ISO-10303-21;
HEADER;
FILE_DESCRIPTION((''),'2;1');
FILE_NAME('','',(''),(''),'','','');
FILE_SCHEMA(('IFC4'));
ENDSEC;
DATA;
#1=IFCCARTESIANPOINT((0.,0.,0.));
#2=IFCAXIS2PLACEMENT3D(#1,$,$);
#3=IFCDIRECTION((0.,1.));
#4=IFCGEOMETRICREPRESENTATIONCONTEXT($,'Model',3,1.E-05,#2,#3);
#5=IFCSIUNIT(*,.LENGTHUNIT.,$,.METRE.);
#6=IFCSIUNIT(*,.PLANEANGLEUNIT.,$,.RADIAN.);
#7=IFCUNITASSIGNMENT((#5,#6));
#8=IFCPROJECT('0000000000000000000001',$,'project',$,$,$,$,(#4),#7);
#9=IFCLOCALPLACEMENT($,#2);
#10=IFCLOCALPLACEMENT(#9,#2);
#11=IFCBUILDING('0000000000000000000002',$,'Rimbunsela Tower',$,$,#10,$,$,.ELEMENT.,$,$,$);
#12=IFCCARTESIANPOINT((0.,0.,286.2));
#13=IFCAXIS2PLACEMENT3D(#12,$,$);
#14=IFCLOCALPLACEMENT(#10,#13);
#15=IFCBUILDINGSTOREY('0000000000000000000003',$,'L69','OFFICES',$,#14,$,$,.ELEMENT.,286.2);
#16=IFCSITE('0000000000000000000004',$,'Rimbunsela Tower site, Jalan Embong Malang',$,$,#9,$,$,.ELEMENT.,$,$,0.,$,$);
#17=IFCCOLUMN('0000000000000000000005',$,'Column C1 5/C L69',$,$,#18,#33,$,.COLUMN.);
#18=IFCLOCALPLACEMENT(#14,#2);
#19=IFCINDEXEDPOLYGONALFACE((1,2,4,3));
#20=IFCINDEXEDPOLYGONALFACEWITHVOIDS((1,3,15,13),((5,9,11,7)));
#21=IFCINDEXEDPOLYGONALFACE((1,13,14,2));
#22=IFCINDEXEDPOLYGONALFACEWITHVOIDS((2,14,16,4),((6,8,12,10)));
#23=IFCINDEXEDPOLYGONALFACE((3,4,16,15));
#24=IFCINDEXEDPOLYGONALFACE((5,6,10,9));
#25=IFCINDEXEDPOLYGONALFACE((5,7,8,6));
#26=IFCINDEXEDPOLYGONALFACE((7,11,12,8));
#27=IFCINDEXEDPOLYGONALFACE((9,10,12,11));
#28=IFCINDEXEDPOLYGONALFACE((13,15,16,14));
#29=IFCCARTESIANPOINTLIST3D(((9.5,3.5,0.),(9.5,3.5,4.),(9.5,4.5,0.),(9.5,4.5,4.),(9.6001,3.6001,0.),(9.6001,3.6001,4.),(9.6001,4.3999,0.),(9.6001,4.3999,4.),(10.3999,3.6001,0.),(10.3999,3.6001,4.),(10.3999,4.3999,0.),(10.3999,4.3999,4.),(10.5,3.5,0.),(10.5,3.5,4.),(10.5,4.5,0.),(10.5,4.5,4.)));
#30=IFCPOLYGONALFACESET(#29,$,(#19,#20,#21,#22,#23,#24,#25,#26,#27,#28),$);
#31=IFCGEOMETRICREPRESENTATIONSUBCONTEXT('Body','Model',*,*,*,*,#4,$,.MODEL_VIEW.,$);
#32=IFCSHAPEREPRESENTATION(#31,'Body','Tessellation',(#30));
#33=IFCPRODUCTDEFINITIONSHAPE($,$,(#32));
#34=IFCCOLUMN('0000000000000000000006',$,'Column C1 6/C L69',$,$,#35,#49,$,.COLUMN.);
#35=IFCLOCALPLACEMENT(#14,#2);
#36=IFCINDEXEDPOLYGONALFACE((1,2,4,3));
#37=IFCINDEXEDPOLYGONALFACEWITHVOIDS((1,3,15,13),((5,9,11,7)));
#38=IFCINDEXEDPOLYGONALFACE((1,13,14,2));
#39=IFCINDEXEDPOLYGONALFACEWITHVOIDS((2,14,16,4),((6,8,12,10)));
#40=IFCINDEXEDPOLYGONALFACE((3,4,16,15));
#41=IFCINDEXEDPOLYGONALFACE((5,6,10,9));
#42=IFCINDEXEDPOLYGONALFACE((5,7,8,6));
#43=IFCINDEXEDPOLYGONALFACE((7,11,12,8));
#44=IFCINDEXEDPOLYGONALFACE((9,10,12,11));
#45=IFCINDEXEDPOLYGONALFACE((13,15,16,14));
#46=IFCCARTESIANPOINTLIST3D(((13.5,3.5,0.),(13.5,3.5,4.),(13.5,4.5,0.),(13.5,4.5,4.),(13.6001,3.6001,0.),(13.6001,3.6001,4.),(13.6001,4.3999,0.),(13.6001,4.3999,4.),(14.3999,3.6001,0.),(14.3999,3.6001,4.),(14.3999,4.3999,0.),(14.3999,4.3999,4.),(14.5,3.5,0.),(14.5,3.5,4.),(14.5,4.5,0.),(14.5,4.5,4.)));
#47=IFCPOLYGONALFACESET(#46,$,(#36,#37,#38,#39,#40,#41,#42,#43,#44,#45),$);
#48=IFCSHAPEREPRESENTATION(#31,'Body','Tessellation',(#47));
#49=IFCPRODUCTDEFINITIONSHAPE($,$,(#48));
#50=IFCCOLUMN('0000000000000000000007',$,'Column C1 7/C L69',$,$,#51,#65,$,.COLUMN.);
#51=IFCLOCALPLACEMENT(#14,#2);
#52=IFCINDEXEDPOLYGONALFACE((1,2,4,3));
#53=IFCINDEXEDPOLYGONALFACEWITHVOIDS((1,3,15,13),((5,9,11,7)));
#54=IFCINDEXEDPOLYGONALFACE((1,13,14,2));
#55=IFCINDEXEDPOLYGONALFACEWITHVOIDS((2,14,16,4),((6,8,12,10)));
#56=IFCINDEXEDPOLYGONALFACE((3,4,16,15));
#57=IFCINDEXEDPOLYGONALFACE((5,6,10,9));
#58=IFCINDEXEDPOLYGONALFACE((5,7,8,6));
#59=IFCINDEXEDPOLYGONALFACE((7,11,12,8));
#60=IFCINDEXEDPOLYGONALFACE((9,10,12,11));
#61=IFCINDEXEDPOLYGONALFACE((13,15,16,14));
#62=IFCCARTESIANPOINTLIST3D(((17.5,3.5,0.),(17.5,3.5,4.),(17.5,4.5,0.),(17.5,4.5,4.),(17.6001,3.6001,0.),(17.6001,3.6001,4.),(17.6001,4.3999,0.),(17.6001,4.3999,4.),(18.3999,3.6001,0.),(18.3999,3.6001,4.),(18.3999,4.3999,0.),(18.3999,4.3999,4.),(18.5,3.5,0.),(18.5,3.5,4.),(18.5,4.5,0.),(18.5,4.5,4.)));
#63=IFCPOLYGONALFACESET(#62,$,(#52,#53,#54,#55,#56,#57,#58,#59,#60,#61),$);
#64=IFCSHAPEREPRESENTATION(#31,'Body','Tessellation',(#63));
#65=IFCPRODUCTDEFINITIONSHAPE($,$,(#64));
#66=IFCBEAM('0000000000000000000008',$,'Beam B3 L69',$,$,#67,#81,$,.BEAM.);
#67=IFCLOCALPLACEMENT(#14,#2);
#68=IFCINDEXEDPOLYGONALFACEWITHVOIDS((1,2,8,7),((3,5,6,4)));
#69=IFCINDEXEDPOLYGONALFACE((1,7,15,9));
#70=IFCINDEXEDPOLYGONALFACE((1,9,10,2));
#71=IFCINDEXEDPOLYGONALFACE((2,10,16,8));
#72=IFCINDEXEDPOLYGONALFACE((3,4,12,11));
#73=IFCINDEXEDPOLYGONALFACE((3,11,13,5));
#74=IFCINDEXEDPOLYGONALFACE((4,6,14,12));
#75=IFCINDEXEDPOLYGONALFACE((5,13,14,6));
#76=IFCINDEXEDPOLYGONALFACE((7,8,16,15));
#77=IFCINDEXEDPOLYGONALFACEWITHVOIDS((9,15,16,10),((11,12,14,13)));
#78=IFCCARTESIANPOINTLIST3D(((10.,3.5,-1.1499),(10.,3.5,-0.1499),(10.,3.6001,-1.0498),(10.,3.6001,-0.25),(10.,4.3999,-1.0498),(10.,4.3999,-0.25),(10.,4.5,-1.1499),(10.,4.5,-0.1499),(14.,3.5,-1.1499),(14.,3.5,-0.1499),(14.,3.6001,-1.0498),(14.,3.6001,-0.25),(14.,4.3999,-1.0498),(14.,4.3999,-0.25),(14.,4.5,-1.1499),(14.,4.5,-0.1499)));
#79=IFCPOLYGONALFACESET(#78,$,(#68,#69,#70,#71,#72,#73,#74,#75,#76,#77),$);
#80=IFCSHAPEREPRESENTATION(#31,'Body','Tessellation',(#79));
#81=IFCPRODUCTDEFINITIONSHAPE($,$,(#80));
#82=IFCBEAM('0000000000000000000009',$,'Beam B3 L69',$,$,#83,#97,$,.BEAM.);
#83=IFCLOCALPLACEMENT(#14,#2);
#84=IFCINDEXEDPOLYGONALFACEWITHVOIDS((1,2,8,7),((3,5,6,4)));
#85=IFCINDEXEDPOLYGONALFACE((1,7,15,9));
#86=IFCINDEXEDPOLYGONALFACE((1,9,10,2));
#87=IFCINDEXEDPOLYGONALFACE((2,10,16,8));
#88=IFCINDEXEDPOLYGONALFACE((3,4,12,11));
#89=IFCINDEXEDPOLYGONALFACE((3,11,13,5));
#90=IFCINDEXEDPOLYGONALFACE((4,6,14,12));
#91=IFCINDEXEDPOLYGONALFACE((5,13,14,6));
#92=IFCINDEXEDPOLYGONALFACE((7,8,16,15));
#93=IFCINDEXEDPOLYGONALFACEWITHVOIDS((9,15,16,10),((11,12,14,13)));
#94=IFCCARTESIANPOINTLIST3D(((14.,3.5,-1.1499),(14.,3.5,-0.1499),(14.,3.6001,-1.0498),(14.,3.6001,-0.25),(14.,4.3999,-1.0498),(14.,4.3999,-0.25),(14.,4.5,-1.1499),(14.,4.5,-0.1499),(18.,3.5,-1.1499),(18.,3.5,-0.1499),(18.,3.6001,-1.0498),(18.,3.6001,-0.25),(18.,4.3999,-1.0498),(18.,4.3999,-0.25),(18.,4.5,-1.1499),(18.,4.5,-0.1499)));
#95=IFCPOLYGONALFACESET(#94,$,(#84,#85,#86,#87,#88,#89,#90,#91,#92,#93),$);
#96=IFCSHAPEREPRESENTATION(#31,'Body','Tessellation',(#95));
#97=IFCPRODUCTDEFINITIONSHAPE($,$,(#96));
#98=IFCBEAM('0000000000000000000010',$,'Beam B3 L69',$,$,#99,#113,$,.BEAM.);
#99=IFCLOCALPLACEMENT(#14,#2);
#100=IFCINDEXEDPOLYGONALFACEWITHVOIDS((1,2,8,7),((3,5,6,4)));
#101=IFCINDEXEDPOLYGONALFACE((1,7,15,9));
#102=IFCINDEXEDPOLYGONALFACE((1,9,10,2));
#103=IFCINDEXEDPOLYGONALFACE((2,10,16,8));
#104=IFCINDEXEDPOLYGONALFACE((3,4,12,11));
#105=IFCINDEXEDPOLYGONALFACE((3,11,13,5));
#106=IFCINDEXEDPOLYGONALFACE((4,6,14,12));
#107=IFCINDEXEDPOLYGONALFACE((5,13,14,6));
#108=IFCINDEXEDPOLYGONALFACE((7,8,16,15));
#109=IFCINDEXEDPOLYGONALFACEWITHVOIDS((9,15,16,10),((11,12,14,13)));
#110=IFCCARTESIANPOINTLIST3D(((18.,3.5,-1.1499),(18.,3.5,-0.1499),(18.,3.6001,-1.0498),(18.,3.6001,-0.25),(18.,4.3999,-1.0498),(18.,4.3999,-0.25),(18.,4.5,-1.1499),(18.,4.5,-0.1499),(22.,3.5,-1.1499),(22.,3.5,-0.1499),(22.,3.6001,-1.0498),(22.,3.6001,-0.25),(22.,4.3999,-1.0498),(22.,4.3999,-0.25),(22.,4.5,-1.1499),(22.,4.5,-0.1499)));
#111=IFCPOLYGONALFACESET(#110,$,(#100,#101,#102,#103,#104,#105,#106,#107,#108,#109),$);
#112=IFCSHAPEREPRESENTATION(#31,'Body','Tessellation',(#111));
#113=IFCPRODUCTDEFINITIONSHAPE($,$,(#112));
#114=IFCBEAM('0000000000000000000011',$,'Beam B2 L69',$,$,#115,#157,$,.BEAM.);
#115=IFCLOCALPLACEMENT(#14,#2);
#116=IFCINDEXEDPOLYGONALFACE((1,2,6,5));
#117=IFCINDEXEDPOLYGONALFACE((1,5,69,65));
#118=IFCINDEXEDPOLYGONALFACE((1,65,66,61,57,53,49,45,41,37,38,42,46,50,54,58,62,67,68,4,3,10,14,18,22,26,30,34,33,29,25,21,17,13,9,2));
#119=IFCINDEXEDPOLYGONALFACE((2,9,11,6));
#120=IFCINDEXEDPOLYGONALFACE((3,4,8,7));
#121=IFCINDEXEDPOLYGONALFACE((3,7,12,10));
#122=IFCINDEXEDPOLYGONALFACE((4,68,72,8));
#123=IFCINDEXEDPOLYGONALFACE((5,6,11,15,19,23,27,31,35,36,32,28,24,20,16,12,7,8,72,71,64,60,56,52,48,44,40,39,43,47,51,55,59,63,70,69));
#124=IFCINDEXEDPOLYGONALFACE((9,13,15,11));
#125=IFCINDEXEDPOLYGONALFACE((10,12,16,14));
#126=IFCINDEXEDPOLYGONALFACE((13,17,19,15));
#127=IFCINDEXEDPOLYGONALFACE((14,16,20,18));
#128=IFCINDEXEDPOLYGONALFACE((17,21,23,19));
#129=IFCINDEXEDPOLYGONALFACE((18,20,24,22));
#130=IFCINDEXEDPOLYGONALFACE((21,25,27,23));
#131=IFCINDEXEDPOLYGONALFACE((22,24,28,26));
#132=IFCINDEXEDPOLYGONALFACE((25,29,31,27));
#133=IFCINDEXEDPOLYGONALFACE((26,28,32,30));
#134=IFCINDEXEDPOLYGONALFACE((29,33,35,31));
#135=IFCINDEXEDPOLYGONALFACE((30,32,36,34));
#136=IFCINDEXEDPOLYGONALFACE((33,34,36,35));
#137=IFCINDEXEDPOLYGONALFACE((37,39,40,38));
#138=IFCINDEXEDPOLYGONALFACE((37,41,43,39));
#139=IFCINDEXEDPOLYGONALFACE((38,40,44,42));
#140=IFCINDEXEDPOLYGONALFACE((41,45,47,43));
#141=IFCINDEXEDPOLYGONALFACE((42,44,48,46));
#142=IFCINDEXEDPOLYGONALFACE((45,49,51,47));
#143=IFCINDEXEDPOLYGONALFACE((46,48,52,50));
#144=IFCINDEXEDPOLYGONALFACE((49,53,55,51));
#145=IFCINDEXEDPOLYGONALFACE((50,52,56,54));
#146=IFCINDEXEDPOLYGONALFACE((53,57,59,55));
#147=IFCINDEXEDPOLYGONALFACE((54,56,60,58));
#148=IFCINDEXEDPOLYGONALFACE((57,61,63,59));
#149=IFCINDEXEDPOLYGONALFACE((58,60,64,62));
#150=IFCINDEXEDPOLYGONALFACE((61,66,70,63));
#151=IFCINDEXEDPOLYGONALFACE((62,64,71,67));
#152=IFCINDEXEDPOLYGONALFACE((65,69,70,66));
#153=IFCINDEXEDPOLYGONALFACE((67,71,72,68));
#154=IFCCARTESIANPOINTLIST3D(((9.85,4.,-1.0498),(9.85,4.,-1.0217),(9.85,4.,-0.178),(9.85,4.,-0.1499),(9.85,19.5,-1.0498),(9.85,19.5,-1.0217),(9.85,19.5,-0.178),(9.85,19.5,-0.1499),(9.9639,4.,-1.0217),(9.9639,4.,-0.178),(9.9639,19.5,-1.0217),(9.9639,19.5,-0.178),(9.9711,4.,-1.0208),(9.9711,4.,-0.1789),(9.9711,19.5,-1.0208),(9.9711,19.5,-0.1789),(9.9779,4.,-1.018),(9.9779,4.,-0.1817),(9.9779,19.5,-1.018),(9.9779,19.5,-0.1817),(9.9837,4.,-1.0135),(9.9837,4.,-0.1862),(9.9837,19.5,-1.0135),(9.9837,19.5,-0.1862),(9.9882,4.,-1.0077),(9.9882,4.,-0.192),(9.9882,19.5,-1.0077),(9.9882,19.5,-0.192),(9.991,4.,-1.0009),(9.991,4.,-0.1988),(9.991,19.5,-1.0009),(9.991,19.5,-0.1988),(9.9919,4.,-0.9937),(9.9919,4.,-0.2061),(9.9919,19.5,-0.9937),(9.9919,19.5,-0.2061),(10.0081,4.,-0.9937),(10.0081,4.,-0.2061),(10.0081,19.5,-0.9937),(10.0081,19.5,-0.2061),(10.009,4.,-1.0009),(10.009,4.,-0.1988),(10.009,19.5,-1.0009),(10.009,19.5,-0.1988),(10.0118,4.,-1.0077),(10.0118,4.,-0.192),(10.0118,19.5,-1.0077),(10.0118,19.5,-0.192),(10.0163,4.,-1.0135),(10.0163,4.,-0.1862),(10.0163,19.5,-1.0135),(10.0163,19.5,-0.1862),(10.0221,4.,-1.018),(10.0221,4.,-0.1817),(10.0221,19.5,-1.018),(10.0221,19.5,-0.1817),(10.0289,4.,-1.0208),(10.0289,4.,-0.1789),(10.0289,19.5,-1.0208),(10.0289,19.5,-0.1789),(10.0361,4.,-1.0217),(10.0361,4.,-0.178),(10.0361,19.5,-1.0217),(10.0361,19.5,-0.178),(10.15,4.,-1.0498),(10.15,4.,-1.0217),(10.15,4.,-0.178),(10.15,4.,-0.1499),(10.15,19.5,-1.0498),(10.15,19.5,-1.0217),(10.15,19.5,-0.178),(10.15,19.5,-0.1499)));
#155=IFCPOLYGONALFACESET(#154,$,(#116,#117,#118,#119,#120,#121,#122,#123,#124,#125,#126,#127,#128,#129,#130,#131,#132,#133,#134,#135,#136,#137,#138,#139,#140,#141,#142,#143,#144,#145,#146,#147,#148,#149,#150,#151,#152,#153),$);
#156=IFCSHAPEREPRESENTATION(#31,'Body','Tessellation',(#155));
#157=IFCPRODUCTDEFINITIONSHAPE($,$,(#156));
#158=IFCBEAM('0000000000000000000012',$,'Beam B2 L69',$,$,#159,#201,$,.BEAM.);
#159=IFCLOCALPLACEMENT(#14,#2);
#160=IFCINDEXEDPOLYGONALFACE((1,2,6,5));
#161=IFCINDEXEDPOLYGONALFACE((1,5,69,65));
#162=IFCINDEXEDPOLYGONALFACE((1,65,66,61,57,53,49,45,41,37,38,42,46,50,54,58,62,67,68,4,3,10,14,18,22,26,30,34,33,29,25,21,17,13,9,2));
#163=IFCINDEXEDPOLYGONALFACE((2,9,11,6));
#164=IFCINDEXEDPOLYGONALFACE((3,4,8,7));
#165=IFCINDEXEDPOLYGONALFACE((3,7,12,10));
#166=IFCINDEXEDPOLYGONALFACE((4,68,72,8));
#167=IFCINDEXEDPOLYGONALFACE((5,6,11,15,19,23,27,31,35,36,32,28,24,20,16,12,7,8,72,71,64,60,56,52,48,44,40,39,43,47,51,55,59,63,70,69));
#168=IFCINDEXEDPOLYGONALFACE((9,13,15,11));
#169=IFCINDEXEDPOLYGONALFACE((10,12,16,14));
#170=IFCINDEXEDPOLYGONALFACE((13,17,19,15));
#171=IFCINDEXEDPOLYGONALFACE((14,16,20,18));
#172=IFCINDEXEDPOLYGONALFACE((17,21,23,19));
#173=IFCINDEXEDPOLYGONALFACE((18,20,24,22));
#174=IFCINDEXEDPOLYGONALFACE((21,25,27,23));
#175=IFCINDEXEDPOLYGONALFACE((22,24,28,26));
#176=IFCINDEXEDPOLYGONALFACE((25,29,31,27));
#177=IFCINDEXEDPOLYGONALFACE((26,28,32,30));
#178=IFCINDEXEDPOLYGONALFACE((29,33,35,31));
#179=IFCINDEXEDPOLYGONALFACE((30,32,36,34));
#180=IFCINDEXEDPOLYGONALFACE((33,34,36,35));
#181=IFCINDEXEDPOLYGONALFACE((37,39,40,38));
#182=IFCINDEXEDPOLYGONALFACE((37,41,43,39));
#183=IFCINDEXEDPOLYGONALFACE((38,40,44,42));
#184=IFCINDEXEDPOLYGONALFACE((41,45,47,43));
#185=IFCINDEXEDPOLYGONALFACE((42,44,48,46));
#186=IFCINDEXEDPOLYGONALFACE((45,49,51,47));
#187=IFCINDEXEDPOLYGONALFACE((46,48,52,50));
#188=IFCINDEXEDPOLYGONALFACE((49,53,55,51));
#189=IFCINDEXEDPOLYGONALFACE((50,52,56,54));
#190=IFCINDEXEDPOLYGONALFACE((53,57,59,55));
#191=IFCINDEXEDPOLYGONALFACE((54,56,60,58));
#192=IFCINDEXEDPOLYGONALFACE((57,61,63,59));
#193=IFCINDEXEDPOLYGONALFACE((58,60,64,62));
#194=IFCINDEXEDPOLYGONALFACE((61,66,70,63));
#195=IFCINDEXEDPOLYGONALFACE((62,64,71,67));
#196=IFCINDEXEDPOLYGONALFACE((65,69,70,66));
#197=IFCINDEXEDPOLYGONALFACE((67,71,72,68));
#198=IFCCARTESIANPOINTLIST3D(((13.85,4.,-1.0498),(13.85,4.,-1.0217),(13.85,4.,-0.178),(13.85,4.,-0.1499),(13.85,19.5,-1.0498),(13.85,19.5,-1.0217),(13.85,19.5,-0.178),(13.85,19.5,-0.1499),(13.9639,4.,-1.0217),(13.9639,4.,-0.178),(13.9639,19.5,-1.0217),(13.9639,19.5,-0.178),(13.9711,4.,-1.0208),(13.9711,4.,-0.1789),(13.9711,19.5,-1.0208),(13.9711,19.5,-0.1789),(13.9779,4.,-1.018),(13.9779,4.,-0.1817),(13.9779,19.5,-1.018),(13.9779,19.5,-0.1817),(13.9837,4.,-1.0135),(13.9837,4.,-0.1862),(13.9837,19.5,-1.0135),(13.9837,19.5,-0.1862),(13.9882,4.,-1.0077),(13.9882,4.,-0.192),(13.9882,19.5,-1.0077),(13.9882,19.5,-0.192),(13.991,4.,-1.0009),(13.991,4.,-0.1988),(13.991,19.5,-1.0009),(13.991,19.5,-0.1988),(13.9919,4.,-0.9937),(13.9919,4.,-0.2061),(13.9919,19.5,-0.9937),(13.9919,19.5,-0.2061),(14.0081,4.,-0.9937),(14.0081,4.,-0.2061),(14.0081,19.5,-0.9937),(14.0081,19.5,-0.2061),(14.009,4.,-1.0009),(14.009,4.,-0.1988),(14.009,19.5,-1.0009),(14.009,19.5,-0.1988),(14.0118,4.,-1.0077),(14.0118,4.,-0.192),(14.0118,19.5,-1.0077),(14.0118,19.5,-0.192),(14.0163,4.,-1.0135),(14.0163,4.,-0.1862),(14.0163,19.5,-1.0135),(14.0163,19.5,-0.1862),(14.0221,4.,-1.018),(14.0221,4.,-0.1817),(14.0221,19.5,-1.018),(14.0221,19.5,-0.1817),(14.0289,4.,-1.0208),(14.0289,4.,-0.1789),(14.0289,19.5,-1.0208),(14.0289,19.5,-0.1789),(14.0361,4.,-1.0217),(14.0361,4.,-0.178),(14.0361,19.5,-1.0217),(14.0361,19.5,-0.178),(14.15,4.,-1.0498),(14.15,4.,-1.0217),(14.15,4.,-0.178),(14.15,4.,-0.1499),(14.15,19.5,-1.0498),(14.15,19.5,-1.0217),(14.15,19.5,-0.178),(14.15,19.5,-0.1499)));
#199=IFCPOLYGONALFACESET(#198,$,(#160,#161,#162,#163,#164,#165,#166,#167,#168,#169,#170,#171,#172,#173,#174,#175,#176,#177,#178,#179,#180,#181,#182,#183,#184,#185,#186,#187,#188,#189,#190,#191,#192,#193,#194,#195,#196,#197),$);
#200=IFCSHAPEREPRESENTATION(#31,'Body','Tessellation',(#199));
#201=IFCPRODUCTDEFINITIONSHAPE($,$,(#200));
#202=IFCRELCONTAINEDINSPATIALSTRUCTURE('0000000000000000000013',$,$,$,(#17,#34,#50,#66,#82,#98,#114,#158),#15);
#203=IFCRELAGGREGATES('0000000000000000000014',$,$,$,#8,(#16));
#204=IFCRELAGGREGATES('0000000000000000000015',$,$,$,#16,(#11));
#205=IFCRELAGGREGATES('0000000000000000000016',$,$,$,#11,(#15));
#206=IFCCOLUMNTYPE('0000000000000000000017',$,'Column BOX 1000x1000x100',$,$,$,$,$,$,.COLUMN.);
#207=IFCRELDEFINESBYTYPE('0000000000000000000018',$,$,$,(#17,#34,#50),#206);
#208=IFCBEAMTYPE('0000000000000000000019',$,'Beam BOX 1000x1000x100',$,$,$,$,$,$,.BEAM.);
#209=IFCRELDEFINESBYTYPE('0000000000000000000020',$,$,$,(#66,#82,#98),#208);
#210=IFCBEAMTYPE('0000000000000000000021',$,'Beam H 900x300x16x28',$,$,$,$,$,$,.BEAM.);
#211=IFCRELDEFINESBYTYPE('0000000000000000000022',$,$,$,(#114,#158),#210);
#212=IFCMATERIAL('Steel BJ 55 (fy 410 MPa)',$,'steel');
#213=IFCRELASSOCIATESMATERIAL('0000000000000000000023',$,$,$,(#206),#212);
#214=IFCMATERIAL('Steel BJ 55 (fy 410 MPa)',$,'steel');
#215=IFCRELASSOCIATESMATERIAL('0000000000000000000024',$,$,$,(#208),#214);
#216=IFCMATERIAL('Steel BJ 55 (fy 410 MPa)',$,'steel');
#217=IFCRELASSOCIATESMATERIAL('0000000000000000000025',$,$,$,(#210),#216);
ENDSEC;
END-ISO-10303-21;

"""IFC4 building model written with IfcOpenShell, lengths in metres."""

from ifc_helpers import new_model, si_unit, direction, frame, origin, origin_2d, place, context, subcontext, project, spatial, hollow_rectangle, i_section, extrude, material, material_profile, profile_set, type_object, element, save


model = new_model("IFC4")

# Units and contexts
model_context = context("Model", 3, precision=1e-05, world=origin(), true_north=direction((0.0, 1.0)))
body_context = subcontext(model_context, "Body", "Model", "MODEL_VIEW")
ifc_project = project(units=[si_unit("LENGTHUNIT", "METRE"), si_unit("PLANEANGLEUNIT", "RADIAN")], contexts=[model_context])

# Site, building, storey
site_placement = place(None, origin())
site = spatial("IfcSite", under=ifc_project, at=site_placement, Name="Rimbunsela Tower site, Jalan Embong Malang", CompositionType="ELEMENT", RefElevation=0.0)
building_placement = place(site_placement, origin())
building = spatial("IfcBuilding", under=site, at=building_placement, Name="Rimbunsela Tower", CompositionType="ELEMENT")
storey_placement = place(building_placement, frame((0.0, 0.0, 286.2)))
storey = spatial("IfcBuildingStorey", under=building, at=storey_placement, Name="L69", Description="OFFICES", CompositionType="ELEMENT", Elevation=286.2)

# Columns
ifc_material_1 = material(Name="Steel BJ 55 (fy 410 MPa)", Category="steel")
ifc_material_profile_1 = material_profile(ifc_material_1, hollow_rectangle(XDim=1.0, YDim=1.0, WallThickness=0.1001, at=origin_2d()), Name="BOX 1000x1000x100")
ifc_profile_set_1 = profile_set([ifc_material_profile_1], Name="Steel BJ 55 (fy 410 MPa)")
column_type = type_object("IfcColumnType", Name="Column BOX 1000x1000x100", PredefinedType="COLUMN", material=ifc_profile_set_1)
for number, where, z_axis, x_axis, name in (
    (1, (10.0, 4.0, 0.0), (0.0, 0.0, 1.0), (1.0, 0.0, 0.0), "Column C1 5/C L69"),
    (2, (14.0, 4.0, 0.0), (0.0, 0.0, 1.0), (1.0, 0.0, 0.0), "Column C1 6/C L69"),
    (3, (18.0, 4.0, 0.0), (0.0, 0.0, 1.0), (1.0, 0.0, 0.0), "Column C1 7/C L69"),
):
    element("IfcColumn", number, at=place(storey_placement, frame(where, z_axis=z_axis, x_axis=x_axis)), inside=storey, type_object=column_type, Name=name, PredefinedType="COLUMN", context=body_context, shape_type="SweptSolid", body=[
        extrude(hollow_rectangle(XDim=1.0, YDim=1.0, WallThickness=0.1001, at=origin_2d()), origin(), (0.0, 0.0, 1.0), 4.0),
    ])

# Beams
ifc_material_2 = material(Name="Steel BJ 55 (fy 410 MPa)", Category="steel")
ifc_material_profile_2 = material_profile(ifc_material_2, hollow_rectangle(XDim=1.0, YDim=1.0, WallThickness=0.1001, at=origin_2d()), Name="BOX 1000x1000x100")
ifc_profile_set_2 = profile_set([ifc_material_profile_2], Name="Steel BJ 55 (fy 410 MPa)")
beam_type_1 = type_object("IfcBeamType", Name="Beam BOX 1000x1000x100", PredefinedType="BEAM", material=ifc_profile_set_2)
for number, where, z_axis, x_axis, name in (
    (4, (10.0, 4.0, -0.6499), (1.0, 0.0, 0.0), (0.0, 1.0, 0.0), "Beam B3 L69"),
    (5, (14.0, 4.0, -0.6499), (1.0, 0.0, 0.0), (0.0, 1.0, 0.0), "Beam B3 L69"),
    (6, (18.0, 4.0, -0.6499), (1.0, 0.0, 0.0), (0.0, 1.0, 0.0), "Beam B3 L69"),
):
    element("IfcBeam", number, at=place(storey_placement, frame(where, z_axis=z_axis, x_axis=x_axis)), inside=storey, type_object=beam_type_1, Name=name, PredefinedType="BEAM", context=body_context, shape_type="SweptSolid", body=[
        extrude(hollow_rectangle(XDim=1.0, YDim=1.0, WallThickness=0.1001, at=origin_2d()), origin(), (0.0, 0.0, 1.0), 4.0),
    ])
ifc_material_3 = material(Name="Steel BJ 55 (fy 410 MPa)", Category="steel")
ifc_material_profile_3 = material_profile(ifc_material_3, i_section(OverallWidth=0.3, OverallDepth=0.8999, WebThickness=0.0161, FlangeThickness=0.0281, FilletRadius=0.0281, at=origin_2d()), Name="H 900x300x16x28")
ifc_profile_set_3 = profile_set([ifc_material_profile_3], Name="Steel BJ 55 (fy 410 MPa)")
beam_type_2 = type_object("IfcBeamType", Name="Beam H 900x300x16x28", PredefinedType="BEAM", material=ifc_profile_set_3)
for number, where, z_axis, x_axis, name in (
    (7, (10.0, 4.0, -0.5999), (0.0, 1.0, 0.0), (-1.0, 0.0, 0.0), "Beam B2 L69"),
    (8, (14.0, 4.0, -0.5999), (0.0, 1.0, 0.0), (-1.0, 0.0, 0.0), "Beam B2 L69"),
):
    element("IfcBeam", number, at=place(storey_placement, frame(where, z_axis=z_axis, x_axis=x_axis)), inside=storey, type_object=beam_type_2, Name=name, PredefinedType="BEAM", context=body_context, shape_type="SweptSolid", body=[
        extrude(i_section(OverallWidth=0.3, OverallDepth=0.8999, WebThickness=0.0161, FlangeThickness=0.0281, FilletRadius=0.0281, at=origin_2d()), origin(), (0.0, 0.0, 1.0), 15.5),
    ])

save(model, "model.ifc")
